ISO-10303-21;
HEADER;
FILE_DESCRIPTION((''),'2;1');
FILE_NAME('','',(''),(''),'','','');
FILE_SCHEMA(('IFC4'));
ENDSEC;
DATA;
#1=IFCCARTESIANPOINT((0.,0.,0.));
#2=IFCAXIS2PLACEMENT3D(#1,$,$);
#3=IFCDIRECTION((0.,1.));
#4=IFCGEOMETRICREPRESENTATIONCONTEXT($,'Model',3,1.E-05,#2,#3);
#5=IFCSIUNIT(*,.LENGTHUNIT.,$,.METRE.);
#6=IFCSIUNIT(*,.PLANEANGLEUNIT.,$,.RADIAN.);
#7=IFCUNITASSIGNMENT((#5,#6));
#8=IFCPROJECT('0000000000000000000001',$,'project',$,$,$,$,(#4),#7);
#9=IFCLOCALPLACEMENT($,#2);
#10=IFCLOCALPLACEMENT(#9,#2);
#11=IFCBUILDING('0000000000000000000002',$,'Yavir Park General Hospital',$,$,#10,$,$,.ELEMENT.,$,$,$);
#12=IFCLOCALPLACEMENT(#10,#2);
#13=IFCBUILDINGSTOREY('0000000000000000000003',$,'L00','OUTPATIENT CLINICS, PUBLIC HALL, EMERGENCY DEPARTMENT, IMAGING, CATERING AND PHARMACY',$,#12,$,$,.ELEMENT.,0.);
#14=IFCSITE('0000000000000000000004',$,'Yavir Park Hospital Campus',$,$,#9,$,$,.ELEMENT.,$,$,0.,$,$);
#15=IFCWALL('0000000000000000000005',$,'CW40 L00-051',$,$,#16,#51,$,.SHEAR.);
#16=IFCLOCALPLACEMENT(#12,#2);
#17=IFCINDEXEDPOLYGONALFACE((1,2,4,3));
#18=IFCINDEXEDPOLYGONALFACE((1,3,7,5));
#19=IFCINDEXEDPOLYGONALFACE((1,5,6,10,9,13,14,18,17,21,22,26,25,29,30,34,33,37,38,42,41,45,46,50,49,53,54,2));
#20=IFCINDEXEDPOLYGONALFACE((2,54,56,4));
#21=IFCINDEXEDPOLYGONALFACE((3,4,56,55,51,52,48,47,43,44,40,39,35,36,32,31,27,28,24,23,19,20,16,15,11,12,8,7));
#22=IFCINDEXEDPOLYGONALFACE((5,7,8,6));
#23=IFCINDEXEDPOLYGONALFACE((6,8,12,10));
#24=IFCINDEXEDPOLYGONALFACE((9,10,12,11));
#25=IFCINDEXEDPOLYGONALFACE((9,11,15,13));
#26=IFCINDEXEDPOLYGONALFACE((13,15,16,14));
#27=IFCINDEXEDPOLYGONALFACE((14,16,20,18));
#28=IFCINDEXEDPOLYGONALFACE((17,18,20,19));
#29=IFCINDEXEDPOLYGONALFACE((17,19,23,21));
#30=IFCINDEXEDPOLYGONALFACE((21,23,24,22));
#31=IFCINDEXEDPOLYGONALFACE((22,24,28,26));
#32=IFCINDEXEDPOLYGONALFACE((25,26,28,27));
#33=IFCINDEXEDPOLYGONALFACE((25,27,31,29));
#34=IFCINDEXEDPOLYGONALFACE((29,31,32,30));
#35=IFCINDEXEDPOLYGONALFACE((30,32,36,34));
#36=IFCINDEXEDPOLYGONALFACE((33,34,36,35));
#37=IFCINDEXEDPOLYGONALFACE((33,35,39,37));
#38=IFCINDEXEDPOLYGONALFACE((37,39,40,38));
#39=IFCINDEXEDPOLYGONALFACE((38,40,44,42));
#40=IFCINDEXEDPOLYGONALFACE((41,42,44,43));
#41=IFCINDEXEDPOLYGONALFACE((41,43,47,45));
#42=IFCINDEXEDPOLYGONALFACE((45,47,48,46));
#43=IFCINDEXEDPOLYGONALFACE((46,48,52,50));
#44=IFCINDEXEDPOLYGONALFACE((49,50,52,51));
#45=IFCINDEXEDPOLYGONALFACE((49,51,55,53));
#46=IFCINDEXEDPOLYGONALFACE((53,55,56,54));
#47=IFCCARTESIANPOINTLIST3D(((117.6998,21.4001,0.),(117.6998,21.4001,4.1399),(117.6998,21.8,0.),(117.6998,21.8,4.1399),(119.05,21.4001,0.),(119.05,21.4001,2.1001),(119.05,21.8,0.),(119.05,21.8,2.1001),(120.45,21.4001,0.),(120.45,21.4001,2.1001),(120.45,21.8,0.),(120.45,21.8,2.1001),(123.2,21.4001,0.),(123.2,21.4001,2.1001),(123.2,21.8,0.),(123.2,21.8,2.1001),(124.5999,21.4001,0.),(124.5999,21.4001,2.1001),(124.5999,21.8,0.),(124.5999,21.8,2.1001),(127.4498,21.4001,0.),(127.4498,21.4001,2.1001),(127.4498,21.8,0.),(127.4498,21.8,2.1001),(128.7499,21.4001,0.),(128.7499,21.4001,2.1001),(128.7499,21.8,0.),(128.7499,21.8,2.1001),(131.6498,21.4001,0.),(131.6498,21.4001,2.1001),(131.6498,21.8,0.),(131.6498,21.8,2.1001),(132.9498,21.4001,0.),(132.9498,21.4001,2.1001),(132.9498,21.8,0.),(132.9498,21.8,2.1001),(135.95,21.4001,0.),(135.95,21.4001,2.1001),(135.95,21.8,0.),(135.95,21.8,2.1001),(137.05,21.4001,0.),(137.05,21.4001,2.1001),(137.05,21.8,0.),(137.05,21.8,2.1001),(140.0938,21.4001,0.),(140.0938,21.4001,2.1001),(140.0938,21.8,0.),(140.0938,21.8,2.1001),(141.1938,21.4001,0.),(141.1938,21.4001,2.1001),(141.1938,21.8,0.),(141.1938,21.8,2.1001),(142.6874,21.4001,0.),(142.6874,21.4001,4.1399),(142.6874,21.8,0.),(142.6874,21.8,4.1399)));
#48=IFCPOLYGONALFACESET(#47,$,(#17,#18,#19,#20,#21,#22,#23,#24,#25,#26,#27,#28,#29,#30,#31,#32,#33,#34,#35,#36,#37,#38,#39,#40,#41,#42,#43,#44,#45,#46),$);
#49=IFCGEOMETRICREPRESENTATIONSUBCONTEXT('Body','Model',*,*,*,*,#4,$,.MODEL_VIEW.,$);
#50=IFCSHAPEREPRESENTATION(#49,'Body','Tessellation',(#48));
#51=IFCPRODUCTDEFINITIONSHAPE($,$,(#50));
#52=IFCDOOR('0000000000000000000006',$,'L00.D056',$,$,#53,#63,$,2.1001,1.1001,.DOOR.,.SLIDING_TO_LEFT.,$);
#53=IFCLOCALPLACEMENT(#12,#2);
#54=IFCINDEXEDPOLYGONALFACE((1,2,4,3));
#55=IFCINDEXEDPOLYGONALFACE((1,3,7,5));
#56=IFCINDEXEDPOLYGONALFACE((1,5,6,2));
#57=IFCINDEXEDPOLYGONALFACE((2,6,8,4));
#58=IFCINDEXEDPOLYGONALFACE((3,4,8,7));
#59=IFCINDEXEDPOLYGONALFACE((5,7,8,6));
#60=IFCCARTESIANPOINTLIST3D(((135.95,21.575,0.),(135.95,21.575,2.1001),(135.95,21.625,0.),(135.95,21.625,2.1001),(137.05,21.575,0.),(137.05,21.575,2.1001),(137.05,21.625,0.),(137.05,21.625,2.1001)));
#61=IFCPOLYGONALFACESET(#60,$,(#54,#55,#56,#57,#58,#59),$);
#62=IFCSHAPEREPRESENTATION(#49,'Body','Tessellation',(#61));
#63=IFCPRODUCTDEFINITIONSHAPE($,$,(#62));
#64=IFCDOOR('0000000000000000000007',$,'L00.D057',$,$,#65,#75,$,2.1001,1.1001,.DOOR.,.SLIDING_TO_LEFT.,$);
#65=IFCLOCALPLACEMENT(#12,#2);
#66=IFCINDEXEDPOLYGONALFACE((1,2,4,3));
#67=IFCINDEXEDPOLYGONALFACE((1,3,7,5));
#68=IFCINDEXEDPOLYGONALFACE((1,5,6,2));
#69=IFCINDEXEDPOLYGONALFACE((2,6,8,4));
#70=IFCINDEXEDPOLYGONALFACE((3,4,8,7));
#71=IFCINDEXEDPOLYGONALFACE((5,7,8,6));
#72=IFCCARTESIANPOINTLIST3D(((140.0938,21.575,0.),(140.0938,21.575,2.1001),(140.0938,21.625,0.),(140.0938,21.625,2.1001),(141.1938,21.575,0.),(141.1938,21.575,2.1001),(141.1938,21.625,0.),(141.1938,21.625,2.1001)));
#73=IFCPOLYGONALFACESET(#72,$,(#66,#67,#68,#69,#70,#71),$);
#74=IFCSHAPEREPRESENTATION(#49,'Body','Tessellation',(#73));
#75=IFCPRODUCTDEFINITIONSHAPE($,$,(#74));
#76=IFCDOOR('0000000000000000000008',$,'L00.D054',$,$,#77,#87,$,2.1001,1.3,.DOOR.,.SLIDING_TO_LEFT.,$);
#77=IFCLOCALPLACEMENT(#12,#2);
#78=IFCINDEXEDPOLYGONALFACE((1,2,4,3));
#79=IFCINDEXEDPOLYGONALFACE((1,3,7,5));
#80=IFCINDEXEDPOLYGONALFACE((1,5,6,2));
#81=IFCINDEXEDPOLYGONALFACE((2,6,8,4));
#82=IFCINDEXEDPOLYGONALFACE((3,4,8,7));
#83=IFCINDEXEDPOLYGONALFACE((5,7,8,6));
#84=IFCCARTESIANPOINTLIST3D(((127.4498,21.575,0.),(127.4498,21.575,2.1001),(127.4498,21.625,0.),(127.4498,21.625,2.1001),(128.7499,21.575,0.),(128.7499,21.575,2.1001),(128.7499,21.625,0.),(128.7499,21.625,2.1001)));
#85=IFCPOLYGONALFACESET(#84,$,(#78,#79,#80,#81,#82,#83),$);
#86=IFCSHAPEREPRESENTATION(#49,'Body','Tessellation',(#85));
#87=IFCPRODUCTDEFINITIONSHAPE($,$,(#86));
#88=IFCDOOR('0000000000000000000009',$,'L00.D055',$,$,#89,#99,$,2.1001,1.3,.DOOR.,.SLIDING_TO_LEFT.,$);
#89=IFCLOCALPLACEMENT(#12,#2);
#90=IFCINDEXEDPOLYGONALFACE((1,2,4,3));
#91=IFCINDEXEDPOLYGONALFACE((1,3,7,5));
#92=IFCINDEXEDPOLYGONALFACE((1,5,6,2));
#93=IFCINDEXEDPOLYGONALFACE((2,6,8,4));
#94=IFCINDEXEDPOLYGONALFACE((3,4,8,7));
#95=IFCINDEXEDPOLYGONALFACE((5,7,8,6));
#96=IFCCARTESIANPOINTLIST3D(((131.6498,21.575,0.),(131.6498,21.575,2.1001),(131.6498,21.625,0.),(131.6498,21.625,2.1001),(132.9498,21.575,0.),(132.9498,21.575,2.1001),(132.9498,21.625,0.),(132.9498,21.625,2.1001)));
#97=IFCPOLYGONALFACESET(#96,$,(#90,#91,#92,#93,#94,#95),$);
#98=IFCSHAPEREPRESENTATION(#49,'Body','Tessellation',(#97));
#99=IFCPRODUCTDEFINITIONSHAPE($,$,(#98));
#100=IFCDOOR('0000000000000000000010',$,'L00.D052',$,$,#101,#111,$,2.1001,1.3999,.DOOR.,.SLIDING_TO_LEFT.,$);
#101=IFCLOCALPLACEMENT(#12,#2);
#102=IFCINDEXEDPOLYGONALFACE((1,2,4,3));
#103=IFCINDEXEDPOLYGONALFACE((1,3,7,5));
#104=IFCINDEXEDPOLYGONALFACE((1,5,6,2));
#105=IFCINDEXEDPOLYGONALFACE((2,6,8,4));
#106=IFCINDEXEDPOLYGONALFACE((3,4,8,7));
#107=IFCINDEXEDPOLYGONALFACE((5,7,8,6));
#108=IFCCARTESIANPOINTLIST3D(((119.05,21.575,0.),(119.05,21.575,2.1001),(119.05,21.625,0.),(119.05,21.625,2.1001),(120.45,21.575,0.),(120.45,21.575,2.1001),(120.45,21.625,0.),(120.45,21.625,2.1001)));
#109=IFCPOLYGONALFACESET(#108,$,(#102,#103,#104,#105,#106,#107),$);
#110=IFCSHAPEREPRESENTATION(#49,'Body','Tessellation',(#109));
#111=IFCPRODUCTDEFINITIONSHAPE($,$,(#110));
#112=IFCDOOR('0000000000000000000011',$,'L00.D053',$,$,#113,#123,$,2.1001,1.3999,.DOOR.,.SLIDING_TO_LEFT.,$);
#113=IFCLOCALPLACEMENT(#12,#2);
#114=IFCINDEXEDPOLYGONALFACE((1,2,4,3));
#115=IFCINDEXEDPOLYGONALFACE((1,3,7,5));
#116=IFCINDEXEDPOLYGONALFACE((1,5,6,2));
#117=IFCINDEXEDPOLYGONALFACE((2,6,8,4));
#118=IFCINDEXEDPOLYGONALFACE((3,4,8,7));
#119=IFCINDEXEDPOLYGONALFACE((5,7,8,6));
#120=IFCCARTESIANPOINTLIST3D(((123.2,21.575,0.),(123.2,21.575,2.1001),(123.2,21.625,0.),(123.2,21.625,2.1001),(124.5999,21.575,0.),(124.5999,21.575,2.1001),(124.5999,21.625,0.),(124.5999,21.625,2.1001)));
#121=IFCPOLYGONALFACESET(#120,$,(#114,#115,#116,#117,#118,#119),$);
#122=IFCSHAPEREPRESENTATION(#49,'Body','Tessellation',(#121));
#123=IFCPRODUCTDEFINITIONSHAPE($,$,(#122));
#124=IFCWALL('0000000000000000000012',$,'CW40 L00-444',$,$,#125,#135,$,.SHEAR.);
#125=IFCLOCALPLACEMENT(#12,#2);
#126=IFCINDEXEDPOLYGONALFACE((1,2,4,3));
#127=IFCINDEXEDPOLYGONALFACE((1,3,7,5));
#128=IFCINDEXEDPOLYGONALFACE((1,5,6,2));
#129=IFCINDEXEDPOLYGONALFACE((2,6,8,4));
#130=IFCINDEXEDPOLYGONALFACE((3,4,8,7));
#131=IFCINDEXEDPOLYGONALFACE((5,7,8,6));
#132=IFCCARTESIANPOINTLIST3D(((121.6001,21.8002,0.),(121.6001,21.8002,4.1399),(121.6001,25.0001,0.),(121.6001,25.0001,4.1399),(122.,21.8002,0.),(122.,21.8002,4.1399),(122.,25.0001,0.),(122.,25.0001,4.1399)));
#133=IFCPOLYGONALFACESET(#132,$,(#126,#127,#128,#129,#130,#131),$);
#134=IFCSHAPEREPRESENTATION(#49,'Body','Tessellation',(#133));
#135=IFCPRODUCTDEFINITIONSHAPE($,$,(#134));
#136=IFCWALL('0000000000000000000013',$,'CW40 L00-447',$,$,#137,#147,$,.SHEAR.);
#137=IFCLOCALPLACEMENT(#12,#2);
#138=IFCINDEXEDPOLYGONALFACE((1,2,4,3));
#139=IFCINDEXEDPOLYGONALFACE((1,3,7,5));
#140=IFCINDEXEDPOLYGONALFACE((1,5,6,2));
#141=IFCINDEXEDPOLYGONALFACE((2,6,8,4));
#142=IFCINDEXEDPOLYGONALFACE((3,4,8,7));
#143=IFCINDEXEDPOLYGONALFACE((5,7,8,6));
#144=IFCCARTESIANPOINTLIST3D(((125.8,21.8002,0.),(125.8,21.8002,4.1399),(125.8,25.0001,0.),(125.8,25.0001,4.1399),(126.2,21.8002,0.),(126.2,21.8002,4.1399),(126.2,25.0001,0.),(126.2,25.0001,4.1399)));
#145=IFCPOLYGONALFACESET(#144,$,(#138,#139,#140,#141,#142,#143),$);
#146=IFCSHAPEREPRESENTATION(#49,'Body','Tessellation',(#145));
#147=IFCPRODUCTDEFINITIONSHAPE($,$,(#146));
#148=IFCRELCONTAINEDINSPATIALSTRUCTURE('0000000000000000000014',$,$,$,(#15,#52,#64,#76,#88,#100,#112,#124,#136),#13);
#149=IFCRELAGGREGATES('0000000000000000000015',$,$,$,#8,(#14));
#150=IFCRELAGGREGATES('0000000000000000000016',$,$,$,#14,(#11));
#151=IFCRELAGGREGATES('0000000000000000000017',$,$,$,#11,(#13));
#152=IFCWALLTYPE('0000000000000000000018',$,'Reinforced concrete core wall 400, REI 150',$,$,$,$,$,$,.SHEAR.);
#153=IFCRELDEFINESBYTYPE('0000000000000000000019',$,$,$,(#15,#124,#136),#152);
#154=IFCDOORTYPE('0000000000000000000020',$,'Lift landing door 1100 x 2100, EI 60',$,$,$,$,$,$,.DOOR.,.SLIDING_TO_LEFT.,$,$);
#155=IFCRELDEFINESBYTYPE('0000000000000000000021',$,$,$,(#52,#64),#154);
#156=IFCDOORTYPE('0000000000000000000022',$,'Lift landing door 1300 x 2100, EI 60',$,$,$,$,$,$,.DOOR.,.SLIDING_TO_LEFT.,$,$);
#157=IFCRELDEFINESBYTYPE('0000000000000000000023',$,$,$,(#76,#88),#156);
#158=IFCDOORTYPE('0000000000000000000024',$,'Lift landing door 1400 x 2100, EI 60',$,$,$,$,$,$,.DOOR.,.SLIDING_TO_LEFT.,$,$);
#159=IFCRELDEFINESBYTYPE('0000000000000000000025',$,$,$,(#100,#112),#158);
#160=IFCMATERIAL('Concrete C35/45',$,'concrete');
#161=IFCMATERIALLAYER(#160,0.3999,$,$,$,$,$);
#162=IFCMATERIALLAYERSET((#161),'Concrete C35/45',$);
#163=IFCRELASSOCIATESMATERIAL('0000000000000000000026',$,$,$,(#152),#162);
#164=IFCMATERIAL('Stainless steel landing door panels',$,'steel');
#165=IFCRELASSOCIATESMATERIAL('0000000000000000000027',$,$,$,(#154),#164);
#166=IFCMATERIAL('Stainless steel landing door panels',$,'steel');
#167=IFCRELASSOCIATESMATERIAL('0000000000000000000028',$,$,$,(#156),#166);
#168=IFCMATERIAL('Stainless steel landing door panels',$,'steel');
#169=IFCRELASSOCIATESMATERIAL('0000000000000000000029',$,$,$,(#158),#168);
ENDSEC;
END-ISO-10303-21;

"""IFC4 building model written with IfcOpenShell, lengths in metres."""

from ifc_helpers import new_model, si_unit, direction, frame, frame_2d, origin, place, context, subcontext, project, spatial, rectangle, extrude, material, layer, layer_set, type_object, element, fill, save


model = new_model("IFC4")

# Units and contexts
model_context = context("Model", 3, precision=1e-05, world=origin(), true_north=direction((0.0, 1.0)))
body_context = subcontext(model_context, "Body", "Model", "MODEL_VIEW")
ifc_project = project(units=[si_unit("LENGTHUNIT", "METRE"), si_unit("PLANEANGLEUNIT", "RADIAN")], contexts=[model_context])

# Site, building, storey
site_placement = place(None, origin())
site = spatial("IfcSite", under=ifc_project, at=site_placement, Name="Yavir Park Hospital Campus", CompositionType="ELEMENT", RefElevation=0.0)
building_placement = place(site_placement, origin())
building = spatial("IfcBuilding", under=site, at=building_placement, Name="Yavir Park General Hospital", CompositionType="ELEMENT")
storey_placement = place(building_placement, origin())
storey = spatial("IfcBuildingStorey", under=building, at=storey_placement, Name="L00", Description="OUTPATIENT CLINICS, PUBLIC HALL, EMERGENCY DEPARTMENT, IMAGING, CATERING AND PHARMACY", CompositionType="ELEMENT", Elevation=0.0)

# Wall, openings, doors
ifc_material_1 = material(Name="Concrete C35/45", Category="concrete")
ifc_layer_1 = layer(ifc_material_1, 0.3999)
ifc_layer_set_1 = layer_set([ifc_layer_1], Name="Concrete C35/45")
wall_type_1 = type_object("IfcWallType", Name="Reinforced concrete core wall 400, REI 150", PredefinedType="SHEAR", material=ifc_layer_set_1)
wall_1_placement = place(storey_placement, frame((117.7, 21.6001, 0.0), z_axis=(0.0, 0.0, 1.0), x_axis=(1.0, 0.0, 0.0)))
wall_1 = element("IfcWall", 1, at=wall_1_placement, inside=storey, type_object=wall_type_1, Name="CW40 L00-051", PredefinedType="SHEAR", context=body_context, shape_type="SweptSolid", body=[
    extrude(rectangle(XDim=24.9875, YDim=0.3999, at=frame_2d((12.4937, 0.0))), origin(), (0.0, 0.0, 1.0), 4.1399),
])
opening_1_placement = place(wall_1_placement, frame((1.3501, 0.0, 0.0)))
opening_1 = element("IfcOpeningElement", 2, at=opening_1_placement, cuts=wall_1, PredefinedType="OPENING", context=body_context, shape_type="SweptSolid", body=[
    extrude(rectangle(XDim=1.3999, YDim=2.1001, at=frame_2d((0.7, 1.05))), frame((0.0, 0.21, 0.0), z_axis=(0.0, -1.0, 0.0), x_axis=(1.0, 0.0, 0.0)), (0.0, 0.0, 1.0), 0.4199),
])
opening_2_placement = place(wall_1_placement, frame((5.5, 0.0, 0.0)))
opening_2 = element("IfcOpeningElement", 3, at=opening_2_placement, cuts=wall_1, PredefinedType="OPENING", context=body_context, shape_type="SweptSolid", body=[
    extrude(rectangle(XDim=1.3999, YDim=2.1001, at=frame_2d((0.7, 1.05))), frame((0.0, 0.21, 0.0), z_axis=(0.0, -1.0, 0.0), x_axis=(1.0, 0.0, 0.0)), (0.0, 0.0, 1.0), 0.4199),
])
opening_3_placement = place(wall_1_placement, frame((9.75, 0.0, 0.0)))
opening_3 = element("IfcOpeningElement", 4, at=opening_3_placement, cuts=wall_1, PredefinedType="OPENING", context=body_context, shape_type="SweptSolid", body=[
    extrude(rectangle(XDim=1.3, YDim=2.1001, at=frame_2d((0.6499, 1.05))), frame((0.0, 0.21, 0.0), z_axis=(0.0, -1.0, 0.0), x_axis=(1.0, 0.0, 0.0)), (0.0, 0.0, 1.0), 0.4199),
])
opening_4_placement = place(wall_1_placement, frame((13.95, 0.0, 0.0)))
opening_4 = element("IfcOpeningElement", 5, at=opening_4_placement, cuts=wall_1, PredefinedType="OPENING", context=body_context, shape_type="SweptSolid", body=[
    extrude(rectangle(XDim=1.3, YDim=2.1001, at=frame_2d((0.6499, 1.05))), frame((0.0, 0.21, 0.0), z_axis=(0.0, -1.0, 0.0), x_axis=(1.0, 0.0, 0.0)), (0.0, 0.0, 1.0), 0.4199),
])
opening_5_placement = place(wall_1_placement, frame((18.25, 0.0, 0.0)))
opening_5 = element("IfcOpeningElement", 6, at=opening_5_placement, cuts=wall_1, PredefinedType="OPENING", context=body_context, shape_type="SweptSolid", body=[
    extrude(rectangle(XDim=1.1001, YDim=2.1001, at=frame_2d((0.55, 1.05))), frame((0.0, 0.21, 0.0), z_axis=(0.0, -1.0, 0.0), x_axis=(1.0, 0.0, 0.0)), (0.0, 0.0, 1.0), 0.4199),
])
opening_6_placement = place(wall_1_placement, frame((22.3938, 0.0, 0.0)))
opening_6 = element("IfcOpeningElement", 7, at=opening_6_placement, cuts=wall_1, PredefinedType="OPENING", context=body_context, shape_type="SweptSolid", body=[
    extrude(rectangle(XDim=1.1001, YDim=2.1001, at=frame_2d((0.55, 1.05))), frame((0.0, 0.21, 0.0), z_axis=(0.0, -1.0, 0.0), x_axis=(1.0, 0.0, 0.0)), (0.0, 0.0, 1.0), 0.4199),
])
ifc_material_2 = material(Name="Stainless steel landing door panels", Category="steel")
door_type_1 = type_object("IfcDoorType", Name="Lift landing door 1100 x 2100, EI 60", OperationType="SLIDING_TO_LEFT", PredefinedType="DOOR", material=ifc_material_2)
door_1_placement = place(opening_5_placement, origin())
door_1 = element("IfcDoor", 8, at=door_1_placement, inside=storey, type_object=door_type_1, Name="L00.D056", OperationType="SLIDING_TO_LEFT", OverallHeight=2.1001, OverallWidth=1.1001, PredefinedType="DOOR", context=body_context, shape_type="SweptSolid", body=[
    extrude(rectangle(XDim=1.1001, YDim=2.1001, at=frame_2d((0.55, 1.05))), frame((0.0, 0.0249, 0.0), z_axis=(0.0, -1.0, 0.0), x_axis=(1.0, 0.0, 0.0)), (0.0, 0.0, 1.0), 0.05),
])
fill(opening_5, door_1)
door_2_placement = place(opening_6_placement, origin())
door_2 = element("IfcDoor", 9, at=door_2_placement, inside=storey, type_object=door_type_1, Name="L00.D057", OperationType="SLIDING_TO_LEFT", OverallHeight=2.1001, OverallWidth=1.1001, PredefinedType="DOOR", context=body_context, shape_type="SweptSolid", body=[
    extrude(rectangle(XDim=1.1001, YDim=2.1001, at=frame_2d((0.55, 1.05))), frame((0.0, 0.0249, 0.0), z_axis=(0.0, -1.0, 0.0), x_axis=(1.0, 0.0, 0.0)), (0.0, 0.0, 1.0), 0.05),
])
fill(opening_6, door_2)
ifc_material_3 = material(Name="Stainless steel landing door panels", Category="steel")
door_type_2 = type_object("IfcDoorType", Name="Lift landing door 1300 x 2100, EI 60", OperationType="SLIDING_TO_LEFT", PredefinedType="DOOR", material=ifc_material_3)
door_3_placement = place(opening_3_placement, origin())
door_3 = element("IfcDoor", 10, at=door_3_placement, inside=storey, type_object=door_type_2, Name="L00.D054", OperationType="SLIDING_TO_LEFT", OverallHeight=2.1001, OverallWidth=1.3, PredefinedType="DOOR", context=body_context, shape_type="SweptSolid", body=[
    extrude(rectangle(XDim=1.3, YDim=2.1001, at=frame_2d((0.6499, 1.05))), frame((0.0, 0.0249, 0.0), z_axis=(0.0, -1.0, 0.0), x_axis=(1.0, 0.0, 0.0)), (0.0, 0.0, 1.0), 0.05),
])
fill(opening_3, door_3)
door_4_placement = place(opening_4_placement, origin())
door_4 = element("IfcDoor", 11, at=door_4_placement, inside=storey, type_object=door_type_2, Name="L00.D055", OperationType="SLIDING_TO_LEFT", OverallHeight=2.1001, OverallWidth=1.3, PredefinedType="DOOR", context=body_context, shape_type="SweptSolid", body=[
    extrude(rectangle(XDim=1.3, YDim=2.1001, at=frame_2d((0.6499, 1.05))), frame((0.0, 0.0249, 0.0), z_axis=(0.0, -1.0, 0.0), x_axis=(1.0, 0.0, 0.0)), (0.0, 0.0, 1.0), 0.05),
])
fill(opening_4, door_4)
ifc_material_4 = material(Name="Stainless steel landing door panels", Category="steel")
door_type_3 = type_object("IfcDoorType", Name="Lift landing door 1400 x 2100, EI 60", OperationType="SLIDING_TO_LEFT", PredefinedType="DOOR", material=ifc_material_4)
door_5_placement = place(opening_1_placement, origin())
door_5 = element("IfcDoor", 12, at=door_5_placement, inside=storey, type_object=door_type_3, Name="L00.D052", OperationType="SLIDING_TO_LEFT", OverallHeight=2.1001, OverallWidth=1.3999, PredefinedType="DOOR", context=body_context, shape_type="SweptSolid", body=[
    extrude(rectangle(XDim=1.3999, YDim=2.1001, at=frame_2d((0.7, 1.05))), frame((0.0, 0.0249, 0.0), z_axis=(0.0, -1.0, 0.0), x_axis=(1.0, 0.0, 0.0)), (0.0, 0.0, 1.0), 0.05),
])
fill(opening_1, door_5)
door_6_placement = place(opening_2_placement, origin())
door_6 = element("IfcDoor", 13, at=door_6_placement, inside=storey, type_object=door_type_3, Name="L00.D053", OperationType="SLIDING_TO_LEFT", OverallHeight=2.1001, OverallWidth=1.3999, PredefinedType="DOOR", context=body_context, shape_type="SweptSolid", body=[
    extrude(rectangle(XDim=1.3999, YDim=2.1001, at=frame_2d((0.7, 1.05))), frame((0.0, 0.0249, 0.0), z_axis=(0.0, -1.0, 0.0), x_axis=(1.0, 0.0, 0.0)), (0.0, 0.0, 1.0), 0.05),
])
fill(opening_2, door_6)

# Walls
for number, where, z_axis, x_axis, name in (
    (14, (121.8, 21.8, 0.0), (0.0, 0.0, 1.0), (0.0, 1.0, 0.0), "CW40 L00-444"),
    (15, (126.0, 21.8, 0.0), (0.0, 0.0, 1.0), (0.0, 1.0, 0.0), "CW40 L00-447"),
):
    element("IfcWall", number, at=place(storey_placement, frame(where, z_axis=z_axis, x_axis=x_axis)), inside=storey, type_object=wall_type_1, Name=name, PredefinedType="SHEAR", context=body_context, shape_type="SweptSolid", body=[
        extrude(rectangle(XDim=3.2, YDim=0.3999, at=frame_2d((1.6001, 0.0))), origin(), (0.0, 0.0, 1.0), 4.1399),
    ])

save(model, "model.ifc")
